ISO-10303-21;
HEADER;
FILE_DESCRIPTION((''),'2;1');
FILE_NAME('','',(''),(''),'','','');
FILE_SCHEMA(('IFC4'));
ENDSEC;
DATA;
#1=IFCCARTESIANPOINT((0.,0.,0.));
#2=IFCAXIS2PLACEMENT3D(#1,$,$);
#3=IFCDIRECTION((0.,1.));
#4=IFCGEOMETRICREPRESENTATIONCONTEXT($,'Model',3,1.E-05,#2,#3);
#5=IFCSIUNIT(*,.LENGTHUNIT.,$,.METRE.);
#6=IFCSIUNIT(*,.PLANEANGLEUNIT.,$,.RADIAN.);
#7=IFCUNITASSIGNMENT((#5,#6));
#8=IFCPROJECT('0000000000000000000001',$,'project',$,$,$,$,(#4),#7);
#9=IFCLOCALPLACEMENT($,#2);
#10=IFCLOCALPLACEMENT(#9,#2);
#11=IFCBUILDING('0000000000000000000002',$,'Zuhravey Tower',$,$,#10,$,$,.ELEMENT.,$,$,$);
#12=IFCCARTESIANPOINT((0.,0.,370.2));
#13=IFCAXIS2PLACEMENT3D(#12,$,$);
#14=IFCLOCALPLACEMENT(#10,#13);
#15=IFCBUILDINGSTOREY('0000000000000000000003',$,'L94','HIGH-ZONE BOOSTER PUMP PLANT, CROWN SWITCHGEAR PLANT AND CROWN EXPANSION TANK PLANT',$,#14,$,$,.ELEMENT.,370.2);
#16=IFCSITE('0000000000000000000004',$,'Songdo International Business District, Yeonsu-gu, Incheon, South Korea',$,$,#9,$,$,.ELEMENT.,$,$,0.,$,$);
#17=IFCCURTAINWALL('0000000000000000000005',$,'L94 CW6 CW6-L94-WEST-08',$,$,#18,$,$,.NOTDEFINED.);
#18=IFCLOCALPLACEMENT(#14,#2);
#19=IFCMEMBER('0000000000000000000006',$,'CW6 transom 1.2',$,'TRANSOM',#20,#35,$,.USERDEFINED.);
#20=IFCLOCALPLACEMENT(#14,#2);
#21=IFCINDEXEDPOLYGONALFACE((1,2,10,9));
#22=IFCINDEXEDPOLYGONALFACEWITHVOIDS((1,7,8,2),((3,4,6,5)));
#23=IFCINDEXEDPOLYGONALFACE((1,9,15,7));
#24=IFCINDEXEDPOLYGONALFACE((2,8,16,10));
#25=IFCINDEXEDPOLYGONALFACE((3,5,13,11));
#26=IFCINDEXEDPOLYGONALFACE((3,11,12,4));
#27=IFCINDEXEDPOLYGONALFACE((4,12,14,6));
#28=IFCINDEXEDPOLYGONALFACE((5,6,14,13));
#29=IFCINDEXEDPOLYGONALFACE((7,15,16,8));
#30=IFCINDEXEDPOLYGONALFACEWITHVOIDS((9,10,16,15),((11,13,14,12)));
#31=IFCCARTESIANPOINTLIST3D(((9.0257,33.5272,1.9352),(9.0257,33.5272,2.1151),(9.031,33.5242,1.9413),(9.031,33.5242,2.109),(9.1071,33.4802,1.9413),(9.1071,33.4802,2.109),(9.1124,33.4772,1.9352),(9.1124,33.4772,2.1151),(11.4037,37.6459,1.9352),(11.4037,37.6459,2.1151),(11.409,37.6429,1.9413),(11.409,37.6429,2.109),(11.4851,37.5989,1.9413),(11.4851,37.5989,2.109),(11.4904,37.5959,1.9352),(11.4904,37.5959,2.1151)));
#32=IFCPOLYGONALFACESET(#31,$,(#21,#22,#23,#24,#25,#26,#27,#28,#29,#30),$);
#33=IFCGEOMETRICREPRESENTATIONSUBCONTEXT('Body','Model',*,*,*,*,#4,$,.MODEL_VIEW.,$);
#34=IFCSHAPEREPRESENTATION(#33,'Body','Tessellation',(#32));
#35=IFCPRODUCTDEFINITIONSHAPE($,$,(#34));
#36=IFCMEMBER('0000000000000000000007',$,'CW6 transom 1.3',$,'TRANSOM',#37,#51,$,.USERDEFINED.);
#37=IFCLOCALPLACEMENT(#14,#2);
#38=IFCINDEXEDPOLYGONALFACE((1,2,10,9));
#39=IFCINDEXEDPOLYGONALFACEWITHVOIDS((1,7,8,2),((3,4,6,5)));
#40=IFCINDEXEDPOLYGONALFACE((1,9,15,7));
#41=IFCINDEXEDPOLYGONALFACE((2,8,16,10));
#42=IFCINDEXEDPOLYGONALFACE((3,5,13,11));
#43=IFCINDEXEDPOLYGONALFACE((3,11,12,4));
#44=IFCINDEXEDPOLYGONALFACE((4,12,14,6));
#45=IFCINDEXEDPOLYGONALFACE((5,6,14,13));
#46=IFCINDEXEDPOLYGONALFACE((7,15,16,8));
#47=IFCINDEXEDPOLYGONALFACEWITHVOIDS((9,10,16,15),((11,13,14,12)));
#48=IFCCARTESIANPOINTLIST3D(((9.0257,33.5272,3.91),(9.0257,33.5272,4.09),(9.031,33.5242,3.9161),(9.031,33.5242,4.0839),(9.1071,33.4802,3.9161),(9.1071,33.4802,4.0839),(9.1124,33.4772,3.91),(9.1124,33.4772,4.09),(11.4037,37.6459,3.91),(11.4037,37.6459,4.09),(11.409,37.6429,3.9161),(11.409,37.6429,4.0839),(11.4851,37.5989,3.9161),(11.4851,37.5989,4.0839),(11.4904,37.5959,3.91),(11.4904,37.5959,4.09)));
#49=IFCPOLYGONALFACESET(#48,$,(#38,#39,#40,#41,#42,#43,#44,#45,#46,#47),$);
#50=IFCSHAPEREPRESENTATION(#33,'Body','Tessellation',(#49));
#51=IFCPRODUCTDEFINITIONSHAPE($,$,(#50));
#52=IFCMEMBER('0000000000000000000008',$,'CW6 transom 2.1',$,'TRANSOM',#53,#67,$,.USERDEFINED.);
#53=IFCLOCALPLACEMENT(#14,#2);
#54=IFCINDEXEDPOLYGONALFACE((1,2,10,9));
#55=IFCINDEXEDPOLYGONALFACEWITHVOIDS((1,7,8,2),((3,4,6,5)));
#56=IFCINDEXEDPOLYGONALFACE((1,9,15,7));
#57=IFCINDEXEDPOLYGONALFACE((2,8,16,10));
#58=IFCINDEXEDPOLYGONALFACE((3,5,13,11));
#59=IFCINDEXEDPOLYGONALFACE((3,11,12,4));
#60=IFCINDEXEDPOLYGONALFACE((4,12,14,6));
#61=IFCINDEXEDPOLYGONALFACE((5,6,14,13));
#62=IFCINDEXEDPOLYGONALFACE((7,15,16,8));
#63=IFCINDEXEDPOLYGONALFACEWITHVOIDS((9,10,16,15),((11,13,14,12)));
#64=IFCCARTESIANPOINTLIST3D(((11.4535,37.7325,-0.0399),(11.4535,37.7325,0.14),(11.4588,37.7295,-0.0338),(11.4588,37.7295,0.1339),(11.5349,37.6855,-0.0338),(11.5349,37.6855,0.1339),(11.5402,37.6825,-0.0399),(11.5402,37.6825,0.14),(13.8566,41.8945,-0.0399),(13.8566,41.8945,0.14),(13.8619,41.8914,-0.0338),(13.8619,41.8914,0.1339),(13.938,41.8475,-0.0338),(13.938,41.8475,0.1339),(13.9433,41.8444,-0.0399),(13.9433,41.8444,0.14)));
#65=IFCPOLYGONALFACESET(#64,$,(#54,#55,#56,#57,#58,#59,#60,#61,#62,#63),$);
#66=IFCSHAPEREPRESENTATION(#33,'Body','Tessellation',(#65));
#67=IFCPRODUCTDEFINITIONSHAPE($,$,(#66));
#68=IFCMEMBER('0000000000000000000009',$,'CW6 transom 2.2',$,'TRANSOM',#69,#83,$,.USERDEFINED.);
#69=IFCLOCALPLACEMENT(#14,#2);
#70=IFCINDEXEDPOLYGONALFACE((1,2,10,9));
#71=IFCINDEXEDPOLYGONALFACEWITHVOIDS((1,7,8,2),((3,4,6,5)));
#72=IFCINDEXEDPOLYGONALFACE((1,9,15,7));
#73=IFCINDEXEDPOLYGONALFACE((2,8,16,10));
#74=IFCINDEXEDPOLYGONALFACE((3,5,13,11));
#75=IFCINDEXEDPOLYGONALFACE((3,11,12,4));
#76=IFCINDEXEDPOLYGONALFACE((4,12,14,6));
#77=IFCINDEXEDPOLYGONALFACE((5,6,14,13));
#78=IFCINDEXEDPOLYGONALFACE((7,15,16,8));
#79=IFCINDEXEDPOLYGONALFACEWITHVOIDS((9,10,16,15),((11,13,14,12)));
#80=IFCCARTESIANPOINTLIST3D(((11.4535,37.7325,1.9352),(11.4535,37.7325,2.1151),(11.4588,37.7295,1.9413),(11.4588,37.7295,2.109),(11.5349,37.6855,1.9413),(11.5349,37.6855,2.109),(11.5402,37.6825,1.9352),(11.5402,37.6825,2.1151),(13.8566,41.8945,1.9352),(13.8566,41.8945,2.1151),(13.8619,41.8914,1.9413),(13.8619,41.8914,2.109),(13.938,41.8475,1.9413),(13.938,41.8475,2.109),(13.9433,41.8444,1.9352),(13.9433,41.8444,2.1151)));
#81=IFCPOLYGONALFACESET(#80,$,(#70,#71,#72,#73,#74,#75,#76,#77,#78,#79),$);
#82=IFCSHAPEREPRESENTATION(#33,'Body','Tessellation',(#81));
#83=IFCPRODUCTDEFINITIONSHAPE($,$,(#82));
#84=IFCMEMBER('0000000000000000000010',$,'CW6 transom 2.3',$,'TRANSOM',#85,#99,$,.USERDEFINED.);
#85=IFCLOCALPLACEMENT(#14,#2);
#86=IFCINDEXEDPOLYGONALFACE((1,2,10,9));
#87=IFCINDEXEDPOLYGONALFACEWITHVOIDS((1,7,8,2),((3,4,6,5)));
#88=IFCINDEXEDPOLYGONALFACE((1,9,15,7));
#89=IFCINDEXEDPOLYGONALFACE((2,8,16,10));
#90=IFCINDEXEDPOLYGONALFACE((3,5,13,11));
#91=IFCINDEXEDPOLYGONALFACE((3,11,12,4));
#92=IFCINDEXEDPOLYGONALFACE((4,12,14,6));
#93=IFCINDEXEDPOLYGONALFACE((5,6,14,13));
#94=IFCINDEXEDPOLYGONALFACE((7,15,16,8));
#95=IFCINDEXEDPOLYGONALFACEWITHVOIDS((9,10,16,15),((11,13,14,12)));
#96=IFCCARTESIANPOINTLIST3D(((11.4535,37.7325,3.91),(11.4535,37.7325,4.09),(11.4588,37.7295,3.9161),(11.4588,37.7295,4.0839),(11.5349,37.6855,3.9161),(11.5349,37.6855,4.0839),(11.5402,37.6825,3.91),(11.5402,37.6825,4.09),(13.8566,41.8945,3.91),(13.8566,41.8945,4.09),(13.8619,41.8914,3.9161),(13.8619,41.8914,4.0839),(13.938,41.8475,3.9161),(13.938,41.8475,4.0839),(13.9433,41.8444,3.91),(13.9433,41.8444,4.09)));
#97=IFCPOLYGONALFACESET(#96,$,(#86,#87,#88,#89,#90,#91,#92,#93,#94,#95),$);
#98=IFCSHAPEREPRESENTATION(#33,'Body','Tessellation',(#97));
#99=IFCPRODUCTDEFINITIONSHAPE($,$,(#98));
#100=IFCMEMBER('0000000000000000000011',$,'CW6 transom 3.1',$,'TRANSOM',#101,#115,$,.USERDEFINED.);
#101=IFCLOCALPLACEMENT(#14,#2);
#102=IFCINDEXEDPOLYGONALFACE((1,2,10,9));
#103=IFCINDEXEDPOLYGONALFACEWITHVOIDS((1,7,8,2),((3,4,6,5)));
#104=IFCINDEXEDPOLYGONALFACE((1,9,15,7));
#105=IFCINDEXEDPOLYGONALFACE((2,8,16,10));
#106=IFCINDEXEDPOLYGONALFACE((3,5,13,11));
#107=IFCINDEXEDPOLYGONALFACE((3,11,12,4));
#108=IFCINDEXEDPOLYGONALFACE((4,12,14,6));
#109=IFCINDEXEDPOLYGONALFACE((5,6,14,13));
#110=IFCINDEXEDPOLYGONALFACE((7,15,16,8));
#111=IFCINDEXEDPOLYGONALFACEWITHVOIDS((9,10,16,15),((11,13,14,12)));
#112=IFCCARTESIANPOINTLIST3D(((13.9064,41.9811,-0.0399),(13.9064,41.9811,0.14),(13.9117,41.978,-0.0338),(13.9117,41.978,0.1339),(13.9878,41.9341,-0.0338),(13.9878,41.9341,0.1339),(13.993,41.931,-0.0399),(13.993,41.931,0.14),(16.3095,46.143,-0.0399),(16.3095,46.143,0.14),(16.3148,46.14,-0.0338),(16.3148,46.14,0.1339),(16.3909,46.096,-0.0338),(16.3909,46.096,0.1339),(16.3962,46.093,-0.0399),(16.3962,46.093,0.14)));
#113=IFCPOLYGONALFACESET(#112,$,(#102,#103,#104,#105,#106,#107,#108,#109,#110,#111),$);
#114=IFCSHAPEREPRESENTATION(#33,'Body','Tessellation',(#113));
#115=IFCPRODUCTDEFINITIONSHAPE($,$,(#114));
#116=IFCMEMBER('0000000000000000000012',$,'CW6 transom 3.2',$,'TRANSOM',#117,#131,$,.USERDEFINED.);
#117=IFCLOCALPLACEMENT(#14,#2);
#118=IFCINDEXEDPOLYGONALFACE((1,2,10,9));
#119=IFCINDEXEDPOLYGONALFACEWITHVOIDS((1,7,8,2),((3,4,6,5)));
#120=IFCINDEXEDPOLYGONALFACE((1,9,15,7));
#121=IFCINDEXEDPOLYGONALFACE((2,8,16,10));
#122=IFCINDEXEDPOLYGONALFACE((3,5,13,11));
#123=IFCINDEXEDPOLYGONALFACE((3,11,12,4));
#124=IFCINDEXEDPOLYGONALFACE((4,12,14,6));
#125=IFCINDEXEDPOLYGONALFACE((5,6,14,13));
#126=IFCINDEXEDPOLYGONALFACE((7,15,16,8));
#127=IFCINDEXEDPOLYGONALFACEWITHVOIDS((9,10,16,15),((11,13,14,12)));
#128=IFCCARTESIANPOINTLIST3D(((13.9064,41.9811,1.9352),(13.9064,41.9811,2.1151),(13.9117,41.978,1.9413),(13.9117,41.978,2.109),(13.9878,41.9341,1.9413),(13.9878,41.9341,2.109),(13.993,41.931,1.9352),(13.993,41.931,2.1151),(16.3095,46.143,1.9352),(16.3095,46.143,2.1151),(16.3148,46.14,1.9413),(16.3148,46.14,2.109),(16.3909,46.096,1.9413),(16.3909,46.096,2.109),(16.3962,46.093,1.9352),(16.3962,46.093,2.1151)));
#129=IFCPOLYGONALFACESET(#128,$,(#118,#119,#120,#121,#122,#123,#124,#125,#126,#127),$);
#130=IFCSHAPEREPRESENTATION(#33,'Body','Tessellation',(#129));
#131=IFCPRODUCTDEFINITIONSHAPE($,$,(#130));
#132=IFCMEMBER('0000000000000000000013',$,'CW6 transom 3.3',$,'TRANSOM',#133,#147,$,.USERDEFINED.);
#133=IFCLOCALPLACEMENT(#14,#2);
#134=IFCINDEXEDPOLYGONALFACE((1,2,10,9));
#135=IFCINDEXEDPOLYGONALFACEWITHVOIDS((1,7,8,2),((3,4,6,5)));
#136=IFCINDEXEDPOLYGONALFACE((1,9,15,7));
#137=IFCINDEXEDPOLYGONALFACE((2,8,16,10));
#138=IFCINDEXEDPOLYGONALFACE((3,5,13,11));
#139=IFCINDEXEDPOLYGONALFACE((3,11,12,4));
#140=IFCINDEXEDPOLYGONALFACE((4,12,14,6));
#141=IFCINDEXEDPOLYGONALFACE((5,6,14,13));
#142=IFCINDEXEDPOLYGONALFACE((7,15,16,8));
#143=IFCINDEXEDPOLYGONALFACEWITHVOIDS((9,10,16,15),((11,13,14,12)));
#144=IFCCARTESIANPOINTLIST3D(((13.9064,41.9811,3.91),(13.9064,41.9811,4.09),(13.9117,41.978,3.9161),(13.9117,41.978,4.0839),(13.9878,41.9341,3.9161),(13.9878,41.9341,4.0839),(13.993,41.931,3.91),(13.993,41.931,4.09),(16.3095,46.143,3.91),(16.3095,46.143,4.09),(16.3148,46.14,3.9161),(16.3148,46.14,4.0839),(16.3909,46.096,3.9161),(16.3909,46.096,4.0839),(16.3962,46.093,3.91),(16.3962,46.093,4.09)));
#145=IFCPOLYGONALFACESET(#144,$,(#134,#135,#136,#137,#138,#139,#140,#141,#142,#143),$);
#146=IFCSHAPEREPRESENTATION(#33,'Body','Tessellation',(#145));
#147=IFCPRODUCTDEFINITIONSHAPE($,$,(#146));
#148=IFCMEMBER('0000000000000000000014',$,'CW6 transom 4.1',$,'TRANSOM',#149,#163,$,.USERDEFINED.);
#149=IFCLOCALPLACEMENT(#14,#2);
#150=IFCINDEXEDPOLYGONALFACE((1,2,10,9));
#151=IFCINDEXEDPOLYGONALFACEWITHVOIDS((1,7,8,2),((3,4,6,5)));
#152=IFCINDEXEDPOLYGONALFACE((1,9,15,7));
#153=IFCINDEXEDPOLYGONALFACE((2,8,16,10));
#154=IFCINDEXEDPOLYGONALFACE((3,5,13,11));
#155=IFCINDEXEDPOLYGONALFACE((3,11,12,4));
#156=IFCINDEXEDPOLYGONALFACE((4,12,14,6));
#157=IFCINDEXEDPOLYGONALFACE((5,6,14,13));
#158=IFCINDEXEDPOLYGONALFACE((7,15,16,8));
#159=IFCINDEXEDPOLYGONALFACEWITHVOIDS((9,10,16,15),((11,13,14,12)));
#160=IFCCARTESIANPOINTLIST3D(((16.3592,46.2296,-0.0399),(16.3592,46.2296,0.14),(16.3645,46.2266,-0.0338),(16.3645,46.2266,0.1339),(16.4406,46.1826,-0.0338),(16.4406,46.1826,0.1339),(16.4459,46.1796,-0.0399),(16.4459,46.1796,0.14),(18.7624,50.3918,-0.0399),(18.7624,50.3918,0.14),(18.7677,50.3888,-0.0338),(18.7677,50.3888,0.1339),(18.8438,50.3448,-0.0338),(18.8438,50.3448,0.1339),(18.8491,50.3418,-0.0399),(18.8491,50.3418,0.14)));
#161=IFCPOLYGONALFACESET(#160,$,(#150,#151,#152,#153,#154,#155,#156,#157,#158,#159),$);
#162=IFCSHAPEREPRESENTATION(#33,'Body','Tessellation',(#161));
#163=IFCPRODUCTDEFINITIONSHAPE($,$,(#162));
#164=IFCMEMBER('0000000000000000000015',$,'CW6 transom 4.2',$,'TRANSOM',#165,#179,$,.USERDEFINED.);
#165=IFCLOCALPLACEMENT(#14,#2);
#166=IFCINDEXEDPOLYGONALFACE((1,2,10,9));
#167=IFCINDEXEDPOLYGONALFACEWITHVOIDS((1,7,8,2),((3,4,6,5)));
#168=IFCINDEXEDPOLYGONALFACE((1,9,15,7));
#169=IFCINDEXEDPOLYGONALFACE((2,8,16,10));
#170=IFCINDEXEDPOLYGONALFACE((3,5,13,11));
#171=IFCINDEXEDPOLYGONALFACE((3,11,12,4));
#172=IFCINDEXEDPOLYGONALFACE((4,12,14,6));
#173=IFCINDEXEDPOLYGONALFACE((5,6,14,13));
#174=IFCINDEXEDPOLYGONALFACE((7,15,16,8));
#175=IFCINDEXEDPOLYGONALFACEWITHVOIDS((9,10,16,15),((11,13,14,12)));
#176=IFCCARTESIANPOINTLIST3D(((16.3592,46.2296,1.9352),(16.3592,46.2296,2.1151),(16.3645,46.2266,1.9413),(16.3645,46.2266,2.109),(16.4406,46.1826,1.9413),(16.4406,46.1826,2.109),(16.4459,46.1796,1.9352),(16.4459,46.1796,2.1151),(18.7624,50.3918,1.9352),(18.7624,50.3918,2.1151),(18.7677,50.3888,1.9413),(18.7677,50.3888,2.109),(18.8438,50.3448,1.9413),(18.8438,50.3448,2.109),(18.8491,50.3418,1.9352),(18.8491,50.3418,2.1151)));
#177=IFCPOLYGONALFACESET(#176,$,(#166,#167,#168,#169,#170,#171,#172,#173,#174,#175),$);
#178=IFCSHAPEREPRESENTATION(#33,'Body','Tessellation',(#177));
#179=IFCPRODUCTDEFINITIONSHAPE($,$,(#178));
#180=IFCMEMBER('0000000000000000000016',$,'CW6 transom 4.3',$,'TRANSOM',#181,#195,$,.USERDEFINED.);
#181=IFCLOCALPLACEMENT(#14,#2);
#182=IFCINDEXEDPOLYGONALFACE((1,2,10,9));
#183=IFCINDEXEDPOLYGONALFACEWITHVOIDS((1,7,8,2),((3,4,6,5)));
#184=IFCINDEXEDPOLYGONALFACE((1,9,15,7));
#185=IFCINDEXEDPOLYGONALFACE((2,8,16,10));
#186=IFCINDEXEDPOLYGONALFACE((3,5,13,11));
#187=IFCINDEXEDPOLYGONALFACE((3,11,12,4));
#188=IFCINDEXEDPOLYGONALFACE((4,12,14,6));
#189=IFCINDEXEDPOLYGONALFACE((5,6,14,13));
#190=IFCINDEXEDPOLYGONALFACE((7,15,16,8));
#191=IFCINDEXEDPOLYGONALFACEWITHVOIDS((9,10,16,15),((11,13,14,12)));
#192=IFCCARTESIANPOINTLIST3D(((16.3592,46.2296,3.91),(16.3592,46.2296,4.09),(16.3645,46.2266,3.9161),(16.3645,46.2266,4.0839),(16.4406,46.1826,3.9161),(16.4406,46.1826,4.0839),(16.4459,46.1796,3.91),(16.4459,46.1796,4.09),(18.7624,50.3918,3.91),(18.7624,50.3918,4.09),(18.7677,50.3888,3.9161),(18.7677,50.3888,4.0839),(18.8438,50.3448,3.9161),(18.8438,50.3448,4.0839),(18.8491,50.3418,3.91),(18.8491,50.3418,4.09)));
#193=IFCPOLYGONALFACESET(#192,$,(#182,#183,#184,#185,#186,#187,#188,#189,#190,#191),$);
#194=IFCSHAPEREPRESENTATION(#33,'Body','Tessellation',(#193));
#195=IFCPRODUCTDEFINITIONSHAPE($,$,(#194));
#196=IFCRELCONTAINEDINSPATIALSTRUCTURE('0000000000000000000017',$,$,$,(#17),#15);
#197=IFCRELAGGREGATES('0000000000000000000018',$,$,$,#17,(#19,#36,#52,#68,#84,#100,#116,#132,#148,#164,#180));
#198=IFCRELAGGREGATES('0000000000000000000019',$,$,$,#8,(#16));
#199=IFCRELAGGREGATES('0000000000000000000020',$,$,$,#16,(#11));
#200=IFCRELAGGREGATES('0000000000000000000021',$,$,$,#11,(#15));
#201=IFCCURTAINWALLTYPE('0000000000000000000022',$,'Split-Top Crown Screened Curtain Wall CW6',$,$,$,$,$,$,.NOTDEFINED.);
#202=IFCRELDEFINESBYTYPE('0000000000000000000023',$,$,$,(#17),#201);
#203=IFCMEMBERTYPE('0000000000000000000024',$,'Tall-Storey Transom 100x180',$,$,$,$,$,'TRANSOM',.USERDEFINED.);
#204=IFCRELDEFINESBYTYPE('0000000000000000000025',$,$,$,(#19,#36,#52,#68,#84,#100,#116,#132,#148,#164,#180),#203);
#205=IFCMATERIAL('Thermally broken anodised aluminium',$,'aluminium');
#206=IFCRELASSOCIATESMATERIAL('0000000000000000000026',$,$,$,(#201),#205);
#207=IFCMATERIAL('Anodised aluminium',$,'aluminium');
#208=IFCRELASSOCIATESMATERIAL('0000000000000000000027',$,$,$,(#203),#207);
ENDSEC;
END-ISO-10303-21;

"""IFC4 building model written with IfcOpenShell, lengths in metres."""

from ifc_helpers import new_model, si_unit, direction, frame, origin, origin_2d, place, context, subcontext, project, spatial, hollow_rectangle, extrude, material, material_profile, profile_set, type_object, element, aggregate, save


model = new_model("IFC4")

# Units and contexts
model_context = context("Model", 3, precision=1e-05, world=origin(), true_north=direction((0.0, 1.0)))
body_context = subcontext(model_context, "Body", "Model", "MODEL_VIEW")
ifc_project = project(units=[si_unit("LENGTHUNIT", "METRE"), si_unit("PLANEANGLEUNIT", "RADIAN")], contexts=[model_context])

# Site, building, storey
site_placement = place(None, origin())
site = spatial("IfcSite", under=ifc_project, at=site_placement, Name="Songdo International Business District, Yeonsu-gu, Incheon, South Korea", CompositionType="ELEMENT", RefElevation=0.0)
building_placement = place(site_placement, origin())
building = spatial("IfcBuilding", under=site, at=building_placement, Name="Zuhravey Tower", CompositionType="ELEMENT")
storey_placement = place(building_placement, frame((0.0, 0.0, 370.2)))
storey = spatial("IfcBuildingStorey", under=building, at=storey_placement, Name="L94", Description="HIGH-ZONE BOOSTER PUMP PLANT, CROWN SWITCHGEAR PLANT AND CROWN EXPANSION TANK PLANT", CompositionType="ELEMENT", Elevation=370.2)

# Shared definitions
ifc_material_1 = material(Name="Thermally broken anodised aluminium", Category="aluminium")
curtain_wall_type = type_object("IfcCurtainWallType", Name="Split-Top Crown Screened Curtain Wall CW6", PredefinedType="NOTDEFINED", material=ifc_material_1)
ifc_material_2 = material(Name="Anodised aluminium", Category="aluminium")

# Curtain wall
curtain_wall_1_placement = place(storey_placement, origin())
curtain_wall_1 = element("IfcCurtainWall", 1, at=curtain_wall_1_placement, inside=storey, type_object=curtain_wall_type, Name="L94 CW6 CW6-L94-WEST-08", PredefinedType="NOTDEFINED")

# Members
ifc_material_profile_1 = material_profile(ifc_material_2, hollow_rectangle(XDim=0.1001, YDim=0.1799, WallThickness=0.0061, at=origin_2d()), Name="ALU-RHS-100x180x6")
ifc_profile_set_1 = profile_set([ifc_material_profile_1], Name="Anodised aluminium")
member_type_1 = type_object("IfcMemberType", Name="Tall-Storey Transom 100x180", ElementType="TRANSOM", PredefinedType="USERDEFINED", material=ifc_profile_set_1)
member_1_placement = place(storey_placement, frame((9.0691, 33.5022, 2.0251), z_axis=(0.500004, 0.866023, 0.0), x_axis=(-0.866023, 0.500004, 0.0)))
member_1 = element("IfcMember", 2, at=member_1_placement, type_object=member_type_1, Name="CW6 transom 1.2", ObjectType="TRANSOM", PredefinedType="USERDEFINED", context=body_context, shape_type="SweptSolid", body=[
    extrude(hollow_rectangle(XDim=0.1001, YDim=0.1799, WallThickness=0.0061, at=origin_2d()), origin(), (0.0, 0.0, 1.0), 4.7559),
])
member_2_placement = place(storey_placement, frame((9.0691, 33.5022, 4.0), z_axis=(0.500004, 0.866023, 0.0), x_axis=(-0.866023, 0.500004, 0.0)))
member_2 = element("IfcMember", 3, at=member_2_placement, type_object=member_type_1, Name="CW6 transom 1.3", ObjectType="TRANSOM", PredefinedType="USERDEFINED", context=body_context, shape_type="SweptSolid", body=[
    extrude(hollow_rectangle(XDim=0.1001, YDim=0.1799, WallThickness=0.0061, at=origin_2d()), origin(), (0.0, 0.0, 1.0), 4.7559),
])
member_3_placement = place(storey_placement, frame((11.4968, 37.7075, 0.05), z_axis=(0.500035, 0.866005, 0.0), x_axis=(-0.866005, 0.500035, 0.0)))
member_3 = element("IfcMember", 4, at=member_3_placement, type_object=member_type_1, Name="CW6 transom 2.1", ObjectType="TRANSOM", PredefinedType="USERDEFINED", context=body_context, shape_type="SweptSolid", body=[
    extrude(hollow_rectangle(XDim=0.1001, YDim=0.1799, WallThickness=0.0061, at=origin_2d()), origin(), (0.0, 0.0, 1.0), 4.8059),
])
member_4_placement = place(storey_placement, frame((11.4968, 37.7075, 2.0251), z_axis=(0.500035, 0.866005, 0.0), x_axis=(-0.866005, 0.500035, 0.0)))
member_4 = element("IfcMember", 5, at=member_4_placement, type_object=member_type_1, Name="CW6 transom 2.2", ObjectType="TRANSOM", PredefinedType="USERDEFINED", context=body_context, shape_type="SweptSolid", body=[
    extrude(hollow_rectangle(XDim=0.1001, YDim=0.1799, WallThickness=0.0061, at=origin_2d()), origin(), (0.0, 0.0, 1.0), 4.8059),
])
member_5_placement = place(storey_placement, frame((11.4968, 37.7075, 4.0), z_axis=(0.500035, 0.866005, 0.0), x_axis=(-0.866005, 0.500035, 0.0)))
member_5 = element("IfcMember", 6, at=member_5_placement, type_object=member_type_1, Name="CW6 transom 2.3", ObjectType="TRANSOM", PredefinedType="USERDEFINED", context=body_context, shape_type="SweptSolid", body=[
    extrude(hollow_rectangle(XDim=0.1001, YDim=0.1799, WallThickness=0.0061, at=origin_2d()), origin(), (0.0, 0.0, 1.0), 4.8059),
])
member_6_placement = place(storey_placement, frame((13.9497, 41.9561, 0.05), z_axis=(0.500035, 0.866005, 0.0), x_axis=(-0.866005, 0.500035, 0.0)))
member_6 = element("IfcMember", 7, at=member_6_placement, type_object=member_type_1, Name="CW6 transom 3.1", ObjectType="TRANSOM", PredefinedType="USERDEFINED", context=body_context, shape_type="SweptSolid", body=[
    extrude(hollow_rectangle(XDim=0.1001, YDim=0.1799, WallThickness=0.0061, at=origin_2d()), origin(), (0.0, 0.0, 1.0), 4.8059),
])
member_7_placement = place(storey_placement, frame((13.9497, 41.9561, 2.0251), z_axis=(0.500035, 0.866005, 0.0), x_axis=(-0.866005, 0.500035, 0.0)))
member_7 = element("IfcMember", 8, at=member_7_placement, type_object=member_type_1, Name="CW6 transom 3.2", ObjectType="TRANSOM", PredefinedType="USERDEFINED", context=body_context, shape_type="SweptSolid", body=[
    extrude(hollow_rectangle(XDim=0.1001, YDim=0.1799, WallThickness=0.0061, at=origin_2d()), origin(), (0.0, 0.0, 1.0), 4.8059),
])
member_8_placement = place(storey_placement, frame((13.9497, 41.9561, 4.0), z_axis=(0.500035, 0.866005, 0.0), x_axis=(-0.866005, 0.500035, 0.0)))
member_8 = element("IfcMember", 9, at=member_8_placement, type_object=member_type_1, Name="CW6 transom 3.3", ObjectType="TRANSOM", PredefinedType="USERDEFINED", context=body_context, shape_type="SweptSolid", body=[
    extrude(hollow_rectangle(XDim=0.1001, YDim=0.1799, WallThickness=0.0061, at=origin_2d()), origin(), (0.0, 0.0, 1.0), 4.8059),
])
member_9_placement = place(storey_placement, frame((16.4026, 46.2046, 0.05), z_axis=(0.500013, 0.866018, 0.0), x_axis=(-0.866018, 0.500013, 0.0)))
member_9 = element("IfcMember", 10, at=member_9_placement, type_object=member_type_1, Name="CW6 transom 4.1", ObjectType="TRANSOM", PredefinedType="USERDEFINED", context=body_context, shape_type="SweptSolid", body=[
    extrude(hollow_rectangle(XDim=0.1001, YDim=0.1799, WallThickness=0.0061, at=origin_2d()), origin(), (0.0, 0.0, 1.0), 4.8062),
])
member_10_placement = place(storey_placement, frame((16.4026, 46.2046, 2.0251), z_axis=(0.500013, 0.866018, 0.0), x_axis=(-0.866018, 0.500013, 0.0)))
member_10 = element("IfcMember", 11, at=member_10_placement, type_object=member_type_1, Name="CW6 transom 4.2", ObjectType="TRANSOM", PredefinedType="USERDEFINED", context=body_context, shape_type="SweptSolid", body=[
    extrude(hollow_rectangle(XDim=0.1001, YDim=0.1799, WallThickness=0.0061, at=origin_2d()), origin(), (0.0, 0.0, 1.0), 4.8062),
])
member_11_placement = place(storey_placement, frame((16.4026, 46.2046, 4.0), z_axis=(0.500013, 0.866018, 0.0), x_axis=(-0.866018, 0.500013, 0.0)))
member_11 = element("IfcMember", 12, at=member_11_placement, type_object=member_type_1, Name="CW6 transom 4.3", ObjectType="TRANSOM", PredefinedType="USERDEFINED", context=body_context, shape_type="SweptSolid", body=[
    extrude(hollow_rectangle(XDim=0.1001, YDim=0.1799, WallThickness=0.0061, at=origin_2d()), origin(), (0.0, 0.0, 1.0), 4.8062),
])

aggregate(curtain_wall_1, [member_1, member_2, member_3, member_4, member_5, member_6, member_7, member_8, member_9, member_10, member_11])

save(model, "model.ifc")
